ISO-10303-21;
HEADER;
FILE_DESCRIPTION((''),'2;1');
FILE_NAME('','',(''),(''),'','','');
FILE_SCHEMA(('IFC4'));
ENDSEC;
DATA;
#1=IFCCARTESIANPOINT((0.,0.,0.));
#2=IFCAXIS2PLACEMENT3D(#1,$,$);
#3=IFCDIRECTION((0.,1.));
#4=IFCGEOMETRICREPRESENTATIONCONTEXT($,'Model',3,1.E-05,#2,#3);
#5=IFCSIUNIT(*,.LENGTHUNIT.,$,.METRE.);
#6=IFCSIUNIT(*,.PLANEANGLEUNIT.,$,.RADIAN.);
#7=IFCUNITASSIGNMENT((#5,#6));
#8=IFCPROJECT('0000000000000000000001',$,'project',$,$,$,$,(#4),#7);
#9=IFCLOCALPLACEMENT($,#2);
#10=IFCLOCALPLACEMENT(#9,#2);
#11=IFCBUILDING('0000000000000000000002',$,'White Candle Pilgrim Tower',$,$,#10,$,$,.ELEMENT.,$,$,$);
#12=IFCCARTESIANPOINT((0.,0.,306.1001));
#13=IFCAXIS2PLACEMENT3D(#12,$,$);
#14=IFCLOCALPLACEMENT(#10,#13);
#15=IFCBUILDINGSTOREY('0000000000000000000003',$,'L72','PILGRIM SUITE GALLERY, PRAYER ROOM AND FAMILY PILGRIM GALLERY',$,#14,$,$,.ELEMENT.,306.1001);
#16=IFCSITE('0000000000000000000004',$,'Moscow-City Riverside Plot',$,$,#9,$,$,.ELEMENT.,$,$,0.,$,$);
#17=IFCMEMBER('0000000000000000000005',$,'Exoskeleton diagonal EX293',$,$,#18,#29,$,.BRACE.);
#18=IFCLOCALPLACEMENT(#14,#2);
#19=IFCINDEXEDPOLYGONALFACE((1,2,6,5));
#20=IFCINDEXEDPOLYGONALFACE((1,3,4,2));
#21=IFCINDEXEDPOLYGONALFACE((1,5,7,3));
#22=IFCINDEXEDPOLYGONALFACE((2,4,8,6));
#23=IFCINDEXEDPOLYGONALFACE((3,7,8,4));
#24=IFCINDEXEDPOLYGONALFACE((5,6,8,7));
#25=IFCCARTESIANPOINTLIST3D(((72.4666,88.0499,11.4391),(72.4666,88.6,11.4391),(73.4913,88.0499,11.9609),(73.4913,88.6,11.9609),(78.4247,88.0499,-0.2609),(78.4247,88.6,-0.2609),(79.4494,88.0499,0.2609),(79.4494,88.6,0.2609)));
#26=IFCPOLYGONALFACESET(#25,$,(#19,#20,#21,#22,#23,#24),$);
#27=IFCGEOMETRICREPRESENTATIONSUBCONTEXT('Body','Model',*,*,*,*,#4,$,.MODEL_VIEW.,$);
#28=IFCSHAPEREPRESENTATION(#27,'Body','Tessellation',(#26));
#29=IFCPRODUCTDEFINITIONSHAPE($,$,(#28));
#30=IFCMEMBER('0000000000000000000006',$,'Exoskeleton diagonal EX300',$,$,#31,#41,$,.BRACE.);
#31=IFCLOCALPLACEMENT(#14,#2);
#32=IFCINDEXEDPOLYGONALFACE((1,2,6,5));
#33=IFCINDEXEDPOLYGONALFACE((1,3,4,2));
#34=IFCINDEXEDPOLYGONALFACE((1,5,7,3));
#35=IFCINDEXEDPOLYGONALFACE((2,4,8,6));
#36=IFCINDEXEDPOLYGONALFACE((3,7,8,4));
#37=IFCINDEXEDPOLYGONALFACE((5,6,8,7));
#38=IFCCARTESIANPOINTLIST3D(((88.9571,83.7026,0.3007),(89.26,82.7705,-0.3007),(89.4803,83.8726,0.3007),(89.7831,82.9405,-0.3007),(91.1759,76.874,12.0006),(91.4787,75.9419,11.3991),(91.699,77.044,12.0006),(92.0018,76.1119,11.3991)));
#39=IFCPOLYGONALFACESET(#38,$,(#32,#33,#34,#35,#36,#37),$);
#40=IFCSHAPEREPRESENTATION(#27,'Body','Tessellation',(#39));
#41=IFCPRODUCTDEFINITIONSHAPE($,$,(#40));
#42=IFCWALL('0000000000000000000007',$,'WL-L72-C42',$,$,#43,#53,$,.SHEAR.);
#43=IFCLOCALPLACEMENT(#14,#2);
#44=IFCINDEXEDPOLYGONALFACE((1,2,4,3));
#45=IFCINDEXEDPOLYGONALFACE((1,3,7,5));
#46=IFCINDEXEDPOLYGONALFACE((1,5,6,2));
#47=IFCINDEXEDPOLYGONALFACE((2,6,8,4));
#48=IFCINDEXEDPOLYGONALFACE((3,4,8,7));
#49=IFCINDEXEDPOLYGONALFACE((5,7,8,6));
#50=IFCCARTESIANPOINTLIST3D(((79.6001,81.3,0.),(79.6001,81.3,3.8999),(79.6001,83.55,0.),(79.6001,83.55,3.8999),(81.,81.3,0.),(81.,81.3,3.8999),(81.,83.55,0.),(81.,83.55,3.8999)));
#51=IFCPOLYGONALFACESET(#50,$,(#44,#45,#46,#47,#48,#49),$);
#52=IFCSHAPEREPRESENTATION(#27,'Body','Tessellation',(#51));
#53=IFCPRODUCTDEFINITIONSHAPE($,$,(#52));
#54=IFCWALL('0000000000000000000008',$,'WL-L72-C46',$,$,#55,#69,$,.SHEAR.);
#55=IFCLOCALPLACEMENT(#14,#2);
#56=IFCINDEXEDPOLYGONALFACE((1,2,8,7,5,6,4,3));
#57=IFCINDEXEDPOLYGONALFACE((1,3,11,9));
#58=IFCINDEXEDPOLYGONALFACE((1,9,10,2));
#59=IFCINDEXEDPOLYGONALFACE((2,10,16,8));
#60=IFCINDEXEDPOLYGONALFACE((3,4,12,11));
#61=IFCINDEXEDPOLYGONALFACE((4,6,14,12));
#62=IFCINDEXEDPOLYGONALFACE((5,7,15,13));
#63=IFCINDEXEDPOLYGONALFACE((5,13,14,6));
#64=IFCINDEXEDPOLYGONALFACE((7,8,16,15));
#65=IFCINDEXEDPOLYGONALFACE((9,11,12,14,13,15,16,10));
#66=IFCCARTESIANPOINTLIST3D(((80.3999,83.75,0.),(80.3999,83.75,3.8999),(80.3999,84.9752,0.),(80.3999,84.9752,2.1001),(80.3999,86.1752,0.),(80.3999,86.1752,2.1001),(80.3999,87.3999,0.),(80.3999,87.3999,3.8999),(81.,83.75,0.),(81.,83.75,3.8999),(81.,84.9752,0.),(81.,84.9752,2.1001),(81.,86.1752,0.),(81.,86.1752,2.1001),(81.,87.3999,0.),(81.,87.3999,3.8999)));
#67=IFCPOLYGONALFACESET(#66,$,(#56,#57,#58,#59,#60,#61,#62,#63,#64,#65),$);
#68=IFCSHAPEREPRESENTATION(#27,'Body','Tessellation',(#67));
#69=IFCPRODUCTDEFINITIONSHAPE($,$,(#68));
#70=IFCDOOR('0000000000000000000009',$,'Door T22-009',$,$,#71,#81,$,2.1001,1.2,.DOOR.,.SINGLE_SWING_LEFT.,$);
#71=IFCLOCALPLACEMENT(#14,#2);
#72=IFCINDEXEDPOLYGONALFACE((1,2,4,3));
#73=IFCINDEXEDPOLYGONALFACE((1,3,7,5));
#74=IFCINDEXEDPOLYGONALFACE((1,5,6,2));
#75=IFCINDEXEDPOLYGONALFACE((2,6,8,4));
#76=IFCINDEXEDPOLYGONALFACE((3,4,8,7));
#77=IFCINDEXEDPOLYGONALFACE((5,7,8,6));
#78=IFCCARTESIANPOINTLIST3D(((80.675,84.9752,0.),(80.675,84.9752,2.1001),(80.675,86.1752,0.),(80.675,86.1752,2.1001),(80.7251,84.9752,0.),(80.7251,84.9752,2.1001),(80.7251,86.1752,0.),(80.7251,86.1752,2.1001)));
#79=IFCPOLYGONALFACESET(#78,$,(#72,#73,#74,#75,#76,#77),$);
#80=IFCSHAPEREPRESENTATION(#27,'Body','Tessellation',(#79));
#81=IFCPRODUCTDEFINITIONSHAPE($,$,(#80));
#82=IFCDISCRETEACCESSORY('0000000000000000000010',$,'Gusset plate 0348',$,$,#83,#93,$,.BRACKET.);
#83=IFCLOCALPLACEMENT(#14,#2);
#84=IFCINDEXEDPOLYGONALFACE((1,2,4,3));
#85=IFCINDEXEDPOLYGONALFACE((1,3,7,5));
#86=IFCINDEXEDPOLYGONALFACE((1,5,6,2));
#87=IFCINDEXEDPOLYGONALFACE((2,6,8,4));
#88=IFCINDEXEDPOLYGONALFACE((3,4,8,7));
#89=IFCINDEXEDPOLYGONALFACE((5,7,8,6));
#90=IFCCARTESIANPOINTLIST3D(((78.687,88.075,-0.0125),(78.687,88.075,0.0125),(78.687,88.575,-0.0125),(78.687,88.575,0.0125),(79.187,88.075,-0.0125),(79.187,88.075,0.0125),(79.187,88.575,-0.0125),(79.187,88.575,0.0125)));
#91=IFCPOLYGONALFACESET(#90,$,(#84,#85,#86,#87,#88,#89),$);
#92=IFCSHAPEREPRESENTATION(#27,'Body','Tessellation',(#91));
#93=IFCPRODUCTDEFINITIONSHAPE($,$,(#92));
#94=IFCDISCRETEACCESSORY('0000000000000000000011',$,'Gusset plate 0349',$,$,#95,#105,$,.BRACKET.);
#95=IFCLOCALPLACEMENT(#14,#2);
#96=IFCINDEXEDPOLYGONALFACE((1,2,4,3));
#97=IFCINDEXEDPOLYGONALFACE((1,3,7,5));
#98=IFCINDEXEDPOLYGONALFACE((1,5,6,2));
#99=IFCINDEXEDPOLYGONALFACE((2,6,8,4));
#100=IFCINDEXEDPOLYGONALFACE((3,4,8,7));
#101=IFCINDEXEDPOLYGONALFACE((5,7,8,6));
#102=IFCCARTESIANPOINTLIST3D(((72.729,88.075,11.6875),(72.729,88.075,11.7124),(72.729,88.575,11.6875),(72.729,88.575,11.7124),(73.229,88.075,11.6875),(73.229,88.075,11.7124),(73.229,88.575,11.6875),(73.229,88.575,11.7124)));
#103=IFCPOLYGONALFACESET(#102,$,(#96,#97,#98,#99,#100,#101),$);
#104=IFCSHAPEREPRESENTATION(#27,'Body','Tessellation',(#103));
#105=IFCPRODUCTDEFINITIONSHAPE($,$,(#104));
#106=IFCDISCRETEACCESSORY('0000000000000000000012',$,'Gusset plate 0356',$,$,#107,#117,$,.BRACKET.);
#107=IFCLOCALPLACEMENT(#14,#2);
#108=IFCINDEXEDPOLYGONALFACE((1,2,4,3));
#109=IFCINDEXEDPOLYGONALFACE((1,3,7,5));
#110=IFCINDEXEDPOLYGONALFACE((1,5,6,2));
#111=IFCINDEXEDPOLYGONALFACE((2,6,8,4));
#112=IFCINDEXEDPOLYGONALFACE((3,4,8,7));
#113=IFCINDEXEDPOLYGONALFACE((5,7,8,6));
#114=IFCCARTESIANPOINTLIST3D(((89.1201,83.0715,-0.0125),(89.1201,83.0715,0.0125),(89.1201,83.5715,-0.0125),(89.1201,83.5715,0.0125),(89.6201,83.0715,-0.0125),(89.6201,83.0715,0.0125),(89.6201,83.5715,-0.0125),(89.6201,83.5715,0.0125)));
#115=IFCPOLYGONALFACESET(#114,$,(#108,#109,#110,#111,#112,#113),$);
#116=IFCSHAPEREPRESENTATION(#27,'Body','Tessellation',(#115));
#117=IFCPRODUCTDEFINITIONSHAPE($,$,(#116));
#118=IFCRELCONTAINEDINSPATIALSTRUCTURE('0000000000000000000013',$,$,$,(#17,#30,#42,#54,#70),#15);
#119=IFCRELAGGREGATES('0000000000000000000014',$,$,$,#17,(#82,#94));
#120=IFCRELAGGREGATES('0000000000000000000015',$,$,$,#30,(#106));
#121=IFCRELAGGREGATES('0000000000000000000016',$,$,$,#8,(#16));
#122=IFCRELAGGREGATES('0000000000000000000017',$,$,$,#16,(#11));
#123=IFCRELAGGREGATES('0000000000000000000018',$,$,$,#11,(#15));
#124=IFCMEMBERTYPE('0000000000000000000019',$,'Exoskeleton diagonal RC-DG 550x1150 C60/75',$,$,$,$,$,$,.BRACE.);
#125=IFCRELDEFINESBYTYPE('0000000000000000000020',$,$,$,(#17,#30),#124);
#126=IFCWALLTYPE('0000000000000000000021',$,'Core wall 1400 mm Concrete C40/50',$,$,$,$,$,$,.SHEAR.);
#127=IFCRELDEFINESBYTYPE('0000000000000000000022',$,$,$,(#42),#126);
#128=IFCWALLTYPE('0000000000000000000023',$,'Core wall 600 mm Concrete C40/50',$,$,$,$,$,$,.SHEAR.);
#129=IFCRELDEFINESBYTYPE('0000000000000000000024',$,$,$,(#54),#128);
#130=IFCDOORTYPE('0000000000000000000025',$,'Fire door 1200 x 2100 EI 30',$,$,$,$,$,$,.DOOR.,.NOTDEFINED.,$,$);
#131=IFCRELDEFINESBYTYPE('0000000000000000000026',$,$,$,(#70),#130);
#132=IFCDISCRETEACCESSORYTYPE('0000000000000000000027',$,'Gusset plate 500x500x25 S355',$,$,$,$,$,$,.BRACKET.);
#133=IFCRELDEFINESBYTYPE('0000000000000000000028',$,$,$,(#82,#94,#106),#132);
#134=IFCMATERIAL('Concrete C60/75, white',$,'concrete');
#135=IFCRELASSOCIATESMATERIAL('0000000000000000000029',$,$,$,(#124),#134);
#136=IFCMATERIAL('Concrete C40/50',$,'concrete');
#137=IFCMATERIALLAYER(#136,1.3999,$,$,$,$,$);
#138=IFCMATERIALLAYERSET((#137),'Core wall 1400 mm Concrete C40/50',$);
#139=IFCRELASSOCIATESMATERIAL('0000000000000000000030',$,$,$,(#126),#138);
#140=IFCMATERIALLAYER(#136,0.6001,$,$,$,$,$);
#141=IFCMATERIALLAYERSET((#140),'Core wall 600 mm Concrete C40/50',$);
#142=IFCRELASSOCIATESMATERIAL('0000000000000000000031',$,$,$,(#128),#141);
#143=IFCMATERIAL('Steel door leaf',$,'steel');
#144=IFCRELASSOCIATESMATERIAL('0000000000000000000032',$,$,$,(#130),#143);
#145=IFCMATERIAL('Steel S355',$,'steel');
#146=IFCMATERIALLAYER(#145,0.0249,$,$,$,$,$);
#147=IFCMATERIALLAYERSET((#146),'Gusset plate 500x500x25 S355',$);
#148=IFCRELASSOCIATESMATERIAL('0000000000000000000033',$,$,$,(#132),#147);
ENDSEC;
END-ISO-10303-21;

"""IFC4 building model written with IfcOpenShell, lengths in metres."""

from ifc_helpers import new_model, si_unit, direction, frame, frame_2d, origin, origin_2d, place, context, subcontext, project, spatial, rectangle, extrude, material, layer, layer_set, material_profile, profile_set, type_object, element, fill, aggregate, save


model = new_model("IFC4")

# Units and contexts
model_context = context("Model", 3, precision=1e-05, world=origin(), true_north=direction((0.0, 1.0)))
body_context = subcontext(model_context, "Body", "Model", "MODEL_VIEW")
ifc_project = project(units=[si_unit("LENGTHUNIT", "METRE"), si_unit("PLANEANGLEUNIT", "RADIAN")], contexts=[model_context])

# Site, building, storey
site_placement = place(None, origin())
site = spatial("IfcSite", under=ifc_project, at=site_placement, Name="Moscow-City Riverside Plot", CompositionType="ELEMENT", RefElevation=0.0)
building_placement = place(site_placement, origin())
building = spatial("IfcBuilding", under=site, at=building_placement, Name="White Candle Pilgrim Tower", CompositionType="ELEMENT")
storey_placement = place(building_placement, frame((0.0, 0.0, 306.1001)))
storey = spatial("IfcBuildingStorey", under=building, at=storey_placement, Name="L72", Description="PILGRIM SUITE GALLERY, PRAYER ROOM AND FAMILY PILGRIM GALLERY", CompositionType="ELEMENT", Elevation=306.1001)

# Members
ifc_material_1 = material(Name="Concrete C60/75, white", Category="concrete")
ifc_material_profile = material_profile(ifc_material_1, rectangle(XDim=0.55, YDim=1.1499, at=origin_2d()), Name="RC-DG 550x1150")
ifc_profile_set = profile_set([ifc_material_profile], Name="Concrete C60/75, white")
member_type = type_object("IfcMemberType", Name="Exoskeleton diagonal RC-DG 550x1150 C60/75", PredefinedType="BRACE", material=ifc_profile_set)
member_1_placement = place(storey_placement, frame((78.937, 88.325, 0.0), z_axis=(-0.453784, 0.0, 0.891112), x_axis=(0.0, -1.0, 0.0)))
member_1 = element("IfcMember", 1, at=member_1_placement, inside=storey, type_object=member_type, Name="Exoskeleton diagonal EX293", PredefinedType="BRACE", context=body_context, shape_type="SweptSolid", body=[
    extrude(rectangle(XDim=0.55, YDim=1.1499, at=origin_2d()), origin(), (0.0, 0.0, 1.0), 13.1296),
])
member_2_placement = place(storey_placement, frame((89.3701, 83.3215, 0.0), z_axis=(0.161629, -0.497444, 0.852306), x_axis=(0.951057, 0.309017, 0.0)))
member_2 = element("IfcMember", 2, at=member_2_placement, inside=storey, type_object=member_type, Name="Exoskeleton diagonal EX300", PredefinedType="BRACE", context=body_context, shape_type="SweptSolid", body=[
    extrude(rectangle(XDim=0.55, YDim=1.1499, at=origin_2d()), origin(), (0.0, 0.0, 1.0), 13.7273),
])

# Wall
ifc_material_2 = material(Name="Concrete C40/50", Category="concrete")
ifc_layer_1 = layer(ifc_material_2, 1.3999)
ifc_layer_set_1 = layer_set([ifc_layer_1], Name="Core wall 1400 mm Concrete C40/50")
wall_type_1 = type_object("IfcWallType", Name="Core wall 1400 mm Concrete C40/50", PredefinedType="SHEAR", material=ifc_layer_set_1)
wall_1_placement = place(storey_placement, frame((80.3, 81.3, 0.0), z_axis=(0.0, 0.0, 1.0), x_axis=(0.0, 1.0, 0.0)))
element("IfcWall", 3, at=wall_1_placement, inside=storey, type_object=wall_type_1, Name="WL-L72-C42", PredefinedType="SHEAR", context=body_context, shape_type="SweptSolid", body=[
    extrude(rectangle(XDim=2.25, YDim=1.3999, at=frame_2d((1.125, 0.0))), origin(), (0.0, 0.0, 1.0), 3.8999),
])

# Wall, opening, door
ifc_layer_2 = layer(ifc_material_2, 0.6001)
ifc_layer_set_2 = layer_set([ifc_layer_2], Name="Core wall 600 mm Concrete C40/50")
wall_type_2 = type_object("IfcWallType", Name="Core wall 600 mm Concrete C40/50", PredefinedType="SHEAR", material=ifc_layer_set_2)
wall_2_placement = place(storey_placement, frame((80.7, 83.75, 0.0), z_axis=(0.0, 0.0, 1.0), x_axis=(0.0, 1.0, 0.0)))
wall_2 = element("IfcWall", 4, at=wall_2_placement, inside=storey, type_object=wall_type_2, Name="WL-L72-C46", PredefinedType="SHEAR", context=body_context, shape_type="SweptSolid", body=[
    extrude(rectangle(XDim=3.6499, YDim=0.6001, at=frame_2d((1.825, 0.0))), origin(), (0.0, 0.0, 1.0), 3.8999),
])
opening_1_placement = place(wall_2_placement, frame((1.2251, 0.0, 0.0)))
opening_1 = element("IfcOpeningElement", 5, at=opening_1_placement, cuts=wall_2, PredefinedType="OPENING", context=body_context, shape_type="SweptSolid", body=[
    extrude(rectangle(XDim=1.2, YDim=2.1001, at=frame_2d((0.6001, 1.05))), frame((0.0, 0.3101, 0.0), z_axis=(0.0, -1.0, 0.0), x_axis=(1.0, 0.0, 0.0)), (0.0, 0.0, 1.0), 0.6201),
])
ifc_material_3 = material(Name="Steel door leaf", Category="steel")
door_type_1 = type_object("IfcDoorType", Name="Fire door 1200 x 2100 EI 30", OperationType="NOTDEFINED", PredefinedType="DOOR", material=ifc_material_3)
door_1_placement = place(opening_1_placement, origin())
door_1 = element("IfcDoor", 6, at=door_1_placement, inside=storey, type_object=door_type_1, Name="Door T22-009", OperationType="SINGLE_SWING_LEFT", OverallHeight=2.1001, OverallWidth=1.2, PredefinedType="DOOR", context=body_context, shape_type="SweptSolid", body=[
    extrude(rectangle(XDim=1.2, YDim=2.1001, at=frame_2d((0.6001, 1.05))), frame((0.0, 0.0249, 0.0), z_axis=(0.0, -1.0, 0.0), x_axis=(1.0, 0.0, 0.0)), (0.0, 0.0, 1.0), 0.05),
])
fill(opening_1, door_1)

# Discrete accessories
ifc_material_4 = material(Name="Steel S355", Category="steel")
ifc_layer_3 = layer(ifc_material_4, 0.0249)
ifc_layer_set_3 = layer_set([ifc_layer_3], Name="Gusset plate 500x500x25 S355")
discrete_accessory_type = type_object("IfcDiscreteAccessoryType", Name="Gusset plate 500x500x25 S355", PredefinedType="BRACKET", material=ifc_layer_set_3)
discrete_accessory_1_placement = place(storey_placement, frame((78.937, 88.325, -0.0125), z_axis=(0.0, 0.0, 1.0), x_axis=(1.0, 0.0, 0.0)))
discrete_accessory_1 = element("IfcDiscreteAccessory", 7, at=discrete_accessory_1_placement, type_object=discrete_accessory_type, Name="Gusset plate 0348", PredefinedType="BRACKET", context=body_context, shape_type="SweptSolid", body=[
    extrude(rectangle(XDim=0.5, YDim=0.5, at=origin_2d()), origin(), (0.0, 0.0, 1.0), 0.0249),
])
placement = place(building_placement, frame((0.0, 0.0, 317.8)))
discrete_accessory_2_placement = place(placement, frame((72.979, 88.325, -0.0125), z_axis=(0.0, 0.0, 1.0), x_axis=(1.0, 0.0, 0.0)))
discrete_accessory_2 = element("IfcDiscreteAccessory", 8, at=discrete_accessory_2_placement, type_object=discrete_accessory_type, Name="Gusset plate 0349", PredefinedType="BRACKET", context=body_context, shape_type="SweptSolid", body=[
    extrude(rectangle(XDim=0.5, YDim=0.5, at=origin_2d()), origin(), (0.0, 0.0, 1.0), 0.0249),
])
aggregate(member_1, [discrete_accessory_1, discrete_accessory_2])
discrete_accessory_3_placement = place(storey_placement, frame((89.3701, 83.3215, -0.0125), z_axis=(0.0, 0.0, 1.0), x_axis=(1.0, 0.0, 0.0)))
discrete_accessory_3 = element("IfcDiscreteAccessory", 9, at=discrete_accessory_3_placement, type_object=discrete_accessory_type, Name="Gusset plate 0356", PredefinedType="BRACKET", context=body_context, shape_type="SweptSolid", body=[
    extrude(rectangle(XDim=0.5, YDim=0.5, at=origin_2d()), origin(), (0.0, 0.0, 1.0), 0.0249),
])
aggregate(member_2, [discrete_accessory_3])

save(model, "model.ifc")
